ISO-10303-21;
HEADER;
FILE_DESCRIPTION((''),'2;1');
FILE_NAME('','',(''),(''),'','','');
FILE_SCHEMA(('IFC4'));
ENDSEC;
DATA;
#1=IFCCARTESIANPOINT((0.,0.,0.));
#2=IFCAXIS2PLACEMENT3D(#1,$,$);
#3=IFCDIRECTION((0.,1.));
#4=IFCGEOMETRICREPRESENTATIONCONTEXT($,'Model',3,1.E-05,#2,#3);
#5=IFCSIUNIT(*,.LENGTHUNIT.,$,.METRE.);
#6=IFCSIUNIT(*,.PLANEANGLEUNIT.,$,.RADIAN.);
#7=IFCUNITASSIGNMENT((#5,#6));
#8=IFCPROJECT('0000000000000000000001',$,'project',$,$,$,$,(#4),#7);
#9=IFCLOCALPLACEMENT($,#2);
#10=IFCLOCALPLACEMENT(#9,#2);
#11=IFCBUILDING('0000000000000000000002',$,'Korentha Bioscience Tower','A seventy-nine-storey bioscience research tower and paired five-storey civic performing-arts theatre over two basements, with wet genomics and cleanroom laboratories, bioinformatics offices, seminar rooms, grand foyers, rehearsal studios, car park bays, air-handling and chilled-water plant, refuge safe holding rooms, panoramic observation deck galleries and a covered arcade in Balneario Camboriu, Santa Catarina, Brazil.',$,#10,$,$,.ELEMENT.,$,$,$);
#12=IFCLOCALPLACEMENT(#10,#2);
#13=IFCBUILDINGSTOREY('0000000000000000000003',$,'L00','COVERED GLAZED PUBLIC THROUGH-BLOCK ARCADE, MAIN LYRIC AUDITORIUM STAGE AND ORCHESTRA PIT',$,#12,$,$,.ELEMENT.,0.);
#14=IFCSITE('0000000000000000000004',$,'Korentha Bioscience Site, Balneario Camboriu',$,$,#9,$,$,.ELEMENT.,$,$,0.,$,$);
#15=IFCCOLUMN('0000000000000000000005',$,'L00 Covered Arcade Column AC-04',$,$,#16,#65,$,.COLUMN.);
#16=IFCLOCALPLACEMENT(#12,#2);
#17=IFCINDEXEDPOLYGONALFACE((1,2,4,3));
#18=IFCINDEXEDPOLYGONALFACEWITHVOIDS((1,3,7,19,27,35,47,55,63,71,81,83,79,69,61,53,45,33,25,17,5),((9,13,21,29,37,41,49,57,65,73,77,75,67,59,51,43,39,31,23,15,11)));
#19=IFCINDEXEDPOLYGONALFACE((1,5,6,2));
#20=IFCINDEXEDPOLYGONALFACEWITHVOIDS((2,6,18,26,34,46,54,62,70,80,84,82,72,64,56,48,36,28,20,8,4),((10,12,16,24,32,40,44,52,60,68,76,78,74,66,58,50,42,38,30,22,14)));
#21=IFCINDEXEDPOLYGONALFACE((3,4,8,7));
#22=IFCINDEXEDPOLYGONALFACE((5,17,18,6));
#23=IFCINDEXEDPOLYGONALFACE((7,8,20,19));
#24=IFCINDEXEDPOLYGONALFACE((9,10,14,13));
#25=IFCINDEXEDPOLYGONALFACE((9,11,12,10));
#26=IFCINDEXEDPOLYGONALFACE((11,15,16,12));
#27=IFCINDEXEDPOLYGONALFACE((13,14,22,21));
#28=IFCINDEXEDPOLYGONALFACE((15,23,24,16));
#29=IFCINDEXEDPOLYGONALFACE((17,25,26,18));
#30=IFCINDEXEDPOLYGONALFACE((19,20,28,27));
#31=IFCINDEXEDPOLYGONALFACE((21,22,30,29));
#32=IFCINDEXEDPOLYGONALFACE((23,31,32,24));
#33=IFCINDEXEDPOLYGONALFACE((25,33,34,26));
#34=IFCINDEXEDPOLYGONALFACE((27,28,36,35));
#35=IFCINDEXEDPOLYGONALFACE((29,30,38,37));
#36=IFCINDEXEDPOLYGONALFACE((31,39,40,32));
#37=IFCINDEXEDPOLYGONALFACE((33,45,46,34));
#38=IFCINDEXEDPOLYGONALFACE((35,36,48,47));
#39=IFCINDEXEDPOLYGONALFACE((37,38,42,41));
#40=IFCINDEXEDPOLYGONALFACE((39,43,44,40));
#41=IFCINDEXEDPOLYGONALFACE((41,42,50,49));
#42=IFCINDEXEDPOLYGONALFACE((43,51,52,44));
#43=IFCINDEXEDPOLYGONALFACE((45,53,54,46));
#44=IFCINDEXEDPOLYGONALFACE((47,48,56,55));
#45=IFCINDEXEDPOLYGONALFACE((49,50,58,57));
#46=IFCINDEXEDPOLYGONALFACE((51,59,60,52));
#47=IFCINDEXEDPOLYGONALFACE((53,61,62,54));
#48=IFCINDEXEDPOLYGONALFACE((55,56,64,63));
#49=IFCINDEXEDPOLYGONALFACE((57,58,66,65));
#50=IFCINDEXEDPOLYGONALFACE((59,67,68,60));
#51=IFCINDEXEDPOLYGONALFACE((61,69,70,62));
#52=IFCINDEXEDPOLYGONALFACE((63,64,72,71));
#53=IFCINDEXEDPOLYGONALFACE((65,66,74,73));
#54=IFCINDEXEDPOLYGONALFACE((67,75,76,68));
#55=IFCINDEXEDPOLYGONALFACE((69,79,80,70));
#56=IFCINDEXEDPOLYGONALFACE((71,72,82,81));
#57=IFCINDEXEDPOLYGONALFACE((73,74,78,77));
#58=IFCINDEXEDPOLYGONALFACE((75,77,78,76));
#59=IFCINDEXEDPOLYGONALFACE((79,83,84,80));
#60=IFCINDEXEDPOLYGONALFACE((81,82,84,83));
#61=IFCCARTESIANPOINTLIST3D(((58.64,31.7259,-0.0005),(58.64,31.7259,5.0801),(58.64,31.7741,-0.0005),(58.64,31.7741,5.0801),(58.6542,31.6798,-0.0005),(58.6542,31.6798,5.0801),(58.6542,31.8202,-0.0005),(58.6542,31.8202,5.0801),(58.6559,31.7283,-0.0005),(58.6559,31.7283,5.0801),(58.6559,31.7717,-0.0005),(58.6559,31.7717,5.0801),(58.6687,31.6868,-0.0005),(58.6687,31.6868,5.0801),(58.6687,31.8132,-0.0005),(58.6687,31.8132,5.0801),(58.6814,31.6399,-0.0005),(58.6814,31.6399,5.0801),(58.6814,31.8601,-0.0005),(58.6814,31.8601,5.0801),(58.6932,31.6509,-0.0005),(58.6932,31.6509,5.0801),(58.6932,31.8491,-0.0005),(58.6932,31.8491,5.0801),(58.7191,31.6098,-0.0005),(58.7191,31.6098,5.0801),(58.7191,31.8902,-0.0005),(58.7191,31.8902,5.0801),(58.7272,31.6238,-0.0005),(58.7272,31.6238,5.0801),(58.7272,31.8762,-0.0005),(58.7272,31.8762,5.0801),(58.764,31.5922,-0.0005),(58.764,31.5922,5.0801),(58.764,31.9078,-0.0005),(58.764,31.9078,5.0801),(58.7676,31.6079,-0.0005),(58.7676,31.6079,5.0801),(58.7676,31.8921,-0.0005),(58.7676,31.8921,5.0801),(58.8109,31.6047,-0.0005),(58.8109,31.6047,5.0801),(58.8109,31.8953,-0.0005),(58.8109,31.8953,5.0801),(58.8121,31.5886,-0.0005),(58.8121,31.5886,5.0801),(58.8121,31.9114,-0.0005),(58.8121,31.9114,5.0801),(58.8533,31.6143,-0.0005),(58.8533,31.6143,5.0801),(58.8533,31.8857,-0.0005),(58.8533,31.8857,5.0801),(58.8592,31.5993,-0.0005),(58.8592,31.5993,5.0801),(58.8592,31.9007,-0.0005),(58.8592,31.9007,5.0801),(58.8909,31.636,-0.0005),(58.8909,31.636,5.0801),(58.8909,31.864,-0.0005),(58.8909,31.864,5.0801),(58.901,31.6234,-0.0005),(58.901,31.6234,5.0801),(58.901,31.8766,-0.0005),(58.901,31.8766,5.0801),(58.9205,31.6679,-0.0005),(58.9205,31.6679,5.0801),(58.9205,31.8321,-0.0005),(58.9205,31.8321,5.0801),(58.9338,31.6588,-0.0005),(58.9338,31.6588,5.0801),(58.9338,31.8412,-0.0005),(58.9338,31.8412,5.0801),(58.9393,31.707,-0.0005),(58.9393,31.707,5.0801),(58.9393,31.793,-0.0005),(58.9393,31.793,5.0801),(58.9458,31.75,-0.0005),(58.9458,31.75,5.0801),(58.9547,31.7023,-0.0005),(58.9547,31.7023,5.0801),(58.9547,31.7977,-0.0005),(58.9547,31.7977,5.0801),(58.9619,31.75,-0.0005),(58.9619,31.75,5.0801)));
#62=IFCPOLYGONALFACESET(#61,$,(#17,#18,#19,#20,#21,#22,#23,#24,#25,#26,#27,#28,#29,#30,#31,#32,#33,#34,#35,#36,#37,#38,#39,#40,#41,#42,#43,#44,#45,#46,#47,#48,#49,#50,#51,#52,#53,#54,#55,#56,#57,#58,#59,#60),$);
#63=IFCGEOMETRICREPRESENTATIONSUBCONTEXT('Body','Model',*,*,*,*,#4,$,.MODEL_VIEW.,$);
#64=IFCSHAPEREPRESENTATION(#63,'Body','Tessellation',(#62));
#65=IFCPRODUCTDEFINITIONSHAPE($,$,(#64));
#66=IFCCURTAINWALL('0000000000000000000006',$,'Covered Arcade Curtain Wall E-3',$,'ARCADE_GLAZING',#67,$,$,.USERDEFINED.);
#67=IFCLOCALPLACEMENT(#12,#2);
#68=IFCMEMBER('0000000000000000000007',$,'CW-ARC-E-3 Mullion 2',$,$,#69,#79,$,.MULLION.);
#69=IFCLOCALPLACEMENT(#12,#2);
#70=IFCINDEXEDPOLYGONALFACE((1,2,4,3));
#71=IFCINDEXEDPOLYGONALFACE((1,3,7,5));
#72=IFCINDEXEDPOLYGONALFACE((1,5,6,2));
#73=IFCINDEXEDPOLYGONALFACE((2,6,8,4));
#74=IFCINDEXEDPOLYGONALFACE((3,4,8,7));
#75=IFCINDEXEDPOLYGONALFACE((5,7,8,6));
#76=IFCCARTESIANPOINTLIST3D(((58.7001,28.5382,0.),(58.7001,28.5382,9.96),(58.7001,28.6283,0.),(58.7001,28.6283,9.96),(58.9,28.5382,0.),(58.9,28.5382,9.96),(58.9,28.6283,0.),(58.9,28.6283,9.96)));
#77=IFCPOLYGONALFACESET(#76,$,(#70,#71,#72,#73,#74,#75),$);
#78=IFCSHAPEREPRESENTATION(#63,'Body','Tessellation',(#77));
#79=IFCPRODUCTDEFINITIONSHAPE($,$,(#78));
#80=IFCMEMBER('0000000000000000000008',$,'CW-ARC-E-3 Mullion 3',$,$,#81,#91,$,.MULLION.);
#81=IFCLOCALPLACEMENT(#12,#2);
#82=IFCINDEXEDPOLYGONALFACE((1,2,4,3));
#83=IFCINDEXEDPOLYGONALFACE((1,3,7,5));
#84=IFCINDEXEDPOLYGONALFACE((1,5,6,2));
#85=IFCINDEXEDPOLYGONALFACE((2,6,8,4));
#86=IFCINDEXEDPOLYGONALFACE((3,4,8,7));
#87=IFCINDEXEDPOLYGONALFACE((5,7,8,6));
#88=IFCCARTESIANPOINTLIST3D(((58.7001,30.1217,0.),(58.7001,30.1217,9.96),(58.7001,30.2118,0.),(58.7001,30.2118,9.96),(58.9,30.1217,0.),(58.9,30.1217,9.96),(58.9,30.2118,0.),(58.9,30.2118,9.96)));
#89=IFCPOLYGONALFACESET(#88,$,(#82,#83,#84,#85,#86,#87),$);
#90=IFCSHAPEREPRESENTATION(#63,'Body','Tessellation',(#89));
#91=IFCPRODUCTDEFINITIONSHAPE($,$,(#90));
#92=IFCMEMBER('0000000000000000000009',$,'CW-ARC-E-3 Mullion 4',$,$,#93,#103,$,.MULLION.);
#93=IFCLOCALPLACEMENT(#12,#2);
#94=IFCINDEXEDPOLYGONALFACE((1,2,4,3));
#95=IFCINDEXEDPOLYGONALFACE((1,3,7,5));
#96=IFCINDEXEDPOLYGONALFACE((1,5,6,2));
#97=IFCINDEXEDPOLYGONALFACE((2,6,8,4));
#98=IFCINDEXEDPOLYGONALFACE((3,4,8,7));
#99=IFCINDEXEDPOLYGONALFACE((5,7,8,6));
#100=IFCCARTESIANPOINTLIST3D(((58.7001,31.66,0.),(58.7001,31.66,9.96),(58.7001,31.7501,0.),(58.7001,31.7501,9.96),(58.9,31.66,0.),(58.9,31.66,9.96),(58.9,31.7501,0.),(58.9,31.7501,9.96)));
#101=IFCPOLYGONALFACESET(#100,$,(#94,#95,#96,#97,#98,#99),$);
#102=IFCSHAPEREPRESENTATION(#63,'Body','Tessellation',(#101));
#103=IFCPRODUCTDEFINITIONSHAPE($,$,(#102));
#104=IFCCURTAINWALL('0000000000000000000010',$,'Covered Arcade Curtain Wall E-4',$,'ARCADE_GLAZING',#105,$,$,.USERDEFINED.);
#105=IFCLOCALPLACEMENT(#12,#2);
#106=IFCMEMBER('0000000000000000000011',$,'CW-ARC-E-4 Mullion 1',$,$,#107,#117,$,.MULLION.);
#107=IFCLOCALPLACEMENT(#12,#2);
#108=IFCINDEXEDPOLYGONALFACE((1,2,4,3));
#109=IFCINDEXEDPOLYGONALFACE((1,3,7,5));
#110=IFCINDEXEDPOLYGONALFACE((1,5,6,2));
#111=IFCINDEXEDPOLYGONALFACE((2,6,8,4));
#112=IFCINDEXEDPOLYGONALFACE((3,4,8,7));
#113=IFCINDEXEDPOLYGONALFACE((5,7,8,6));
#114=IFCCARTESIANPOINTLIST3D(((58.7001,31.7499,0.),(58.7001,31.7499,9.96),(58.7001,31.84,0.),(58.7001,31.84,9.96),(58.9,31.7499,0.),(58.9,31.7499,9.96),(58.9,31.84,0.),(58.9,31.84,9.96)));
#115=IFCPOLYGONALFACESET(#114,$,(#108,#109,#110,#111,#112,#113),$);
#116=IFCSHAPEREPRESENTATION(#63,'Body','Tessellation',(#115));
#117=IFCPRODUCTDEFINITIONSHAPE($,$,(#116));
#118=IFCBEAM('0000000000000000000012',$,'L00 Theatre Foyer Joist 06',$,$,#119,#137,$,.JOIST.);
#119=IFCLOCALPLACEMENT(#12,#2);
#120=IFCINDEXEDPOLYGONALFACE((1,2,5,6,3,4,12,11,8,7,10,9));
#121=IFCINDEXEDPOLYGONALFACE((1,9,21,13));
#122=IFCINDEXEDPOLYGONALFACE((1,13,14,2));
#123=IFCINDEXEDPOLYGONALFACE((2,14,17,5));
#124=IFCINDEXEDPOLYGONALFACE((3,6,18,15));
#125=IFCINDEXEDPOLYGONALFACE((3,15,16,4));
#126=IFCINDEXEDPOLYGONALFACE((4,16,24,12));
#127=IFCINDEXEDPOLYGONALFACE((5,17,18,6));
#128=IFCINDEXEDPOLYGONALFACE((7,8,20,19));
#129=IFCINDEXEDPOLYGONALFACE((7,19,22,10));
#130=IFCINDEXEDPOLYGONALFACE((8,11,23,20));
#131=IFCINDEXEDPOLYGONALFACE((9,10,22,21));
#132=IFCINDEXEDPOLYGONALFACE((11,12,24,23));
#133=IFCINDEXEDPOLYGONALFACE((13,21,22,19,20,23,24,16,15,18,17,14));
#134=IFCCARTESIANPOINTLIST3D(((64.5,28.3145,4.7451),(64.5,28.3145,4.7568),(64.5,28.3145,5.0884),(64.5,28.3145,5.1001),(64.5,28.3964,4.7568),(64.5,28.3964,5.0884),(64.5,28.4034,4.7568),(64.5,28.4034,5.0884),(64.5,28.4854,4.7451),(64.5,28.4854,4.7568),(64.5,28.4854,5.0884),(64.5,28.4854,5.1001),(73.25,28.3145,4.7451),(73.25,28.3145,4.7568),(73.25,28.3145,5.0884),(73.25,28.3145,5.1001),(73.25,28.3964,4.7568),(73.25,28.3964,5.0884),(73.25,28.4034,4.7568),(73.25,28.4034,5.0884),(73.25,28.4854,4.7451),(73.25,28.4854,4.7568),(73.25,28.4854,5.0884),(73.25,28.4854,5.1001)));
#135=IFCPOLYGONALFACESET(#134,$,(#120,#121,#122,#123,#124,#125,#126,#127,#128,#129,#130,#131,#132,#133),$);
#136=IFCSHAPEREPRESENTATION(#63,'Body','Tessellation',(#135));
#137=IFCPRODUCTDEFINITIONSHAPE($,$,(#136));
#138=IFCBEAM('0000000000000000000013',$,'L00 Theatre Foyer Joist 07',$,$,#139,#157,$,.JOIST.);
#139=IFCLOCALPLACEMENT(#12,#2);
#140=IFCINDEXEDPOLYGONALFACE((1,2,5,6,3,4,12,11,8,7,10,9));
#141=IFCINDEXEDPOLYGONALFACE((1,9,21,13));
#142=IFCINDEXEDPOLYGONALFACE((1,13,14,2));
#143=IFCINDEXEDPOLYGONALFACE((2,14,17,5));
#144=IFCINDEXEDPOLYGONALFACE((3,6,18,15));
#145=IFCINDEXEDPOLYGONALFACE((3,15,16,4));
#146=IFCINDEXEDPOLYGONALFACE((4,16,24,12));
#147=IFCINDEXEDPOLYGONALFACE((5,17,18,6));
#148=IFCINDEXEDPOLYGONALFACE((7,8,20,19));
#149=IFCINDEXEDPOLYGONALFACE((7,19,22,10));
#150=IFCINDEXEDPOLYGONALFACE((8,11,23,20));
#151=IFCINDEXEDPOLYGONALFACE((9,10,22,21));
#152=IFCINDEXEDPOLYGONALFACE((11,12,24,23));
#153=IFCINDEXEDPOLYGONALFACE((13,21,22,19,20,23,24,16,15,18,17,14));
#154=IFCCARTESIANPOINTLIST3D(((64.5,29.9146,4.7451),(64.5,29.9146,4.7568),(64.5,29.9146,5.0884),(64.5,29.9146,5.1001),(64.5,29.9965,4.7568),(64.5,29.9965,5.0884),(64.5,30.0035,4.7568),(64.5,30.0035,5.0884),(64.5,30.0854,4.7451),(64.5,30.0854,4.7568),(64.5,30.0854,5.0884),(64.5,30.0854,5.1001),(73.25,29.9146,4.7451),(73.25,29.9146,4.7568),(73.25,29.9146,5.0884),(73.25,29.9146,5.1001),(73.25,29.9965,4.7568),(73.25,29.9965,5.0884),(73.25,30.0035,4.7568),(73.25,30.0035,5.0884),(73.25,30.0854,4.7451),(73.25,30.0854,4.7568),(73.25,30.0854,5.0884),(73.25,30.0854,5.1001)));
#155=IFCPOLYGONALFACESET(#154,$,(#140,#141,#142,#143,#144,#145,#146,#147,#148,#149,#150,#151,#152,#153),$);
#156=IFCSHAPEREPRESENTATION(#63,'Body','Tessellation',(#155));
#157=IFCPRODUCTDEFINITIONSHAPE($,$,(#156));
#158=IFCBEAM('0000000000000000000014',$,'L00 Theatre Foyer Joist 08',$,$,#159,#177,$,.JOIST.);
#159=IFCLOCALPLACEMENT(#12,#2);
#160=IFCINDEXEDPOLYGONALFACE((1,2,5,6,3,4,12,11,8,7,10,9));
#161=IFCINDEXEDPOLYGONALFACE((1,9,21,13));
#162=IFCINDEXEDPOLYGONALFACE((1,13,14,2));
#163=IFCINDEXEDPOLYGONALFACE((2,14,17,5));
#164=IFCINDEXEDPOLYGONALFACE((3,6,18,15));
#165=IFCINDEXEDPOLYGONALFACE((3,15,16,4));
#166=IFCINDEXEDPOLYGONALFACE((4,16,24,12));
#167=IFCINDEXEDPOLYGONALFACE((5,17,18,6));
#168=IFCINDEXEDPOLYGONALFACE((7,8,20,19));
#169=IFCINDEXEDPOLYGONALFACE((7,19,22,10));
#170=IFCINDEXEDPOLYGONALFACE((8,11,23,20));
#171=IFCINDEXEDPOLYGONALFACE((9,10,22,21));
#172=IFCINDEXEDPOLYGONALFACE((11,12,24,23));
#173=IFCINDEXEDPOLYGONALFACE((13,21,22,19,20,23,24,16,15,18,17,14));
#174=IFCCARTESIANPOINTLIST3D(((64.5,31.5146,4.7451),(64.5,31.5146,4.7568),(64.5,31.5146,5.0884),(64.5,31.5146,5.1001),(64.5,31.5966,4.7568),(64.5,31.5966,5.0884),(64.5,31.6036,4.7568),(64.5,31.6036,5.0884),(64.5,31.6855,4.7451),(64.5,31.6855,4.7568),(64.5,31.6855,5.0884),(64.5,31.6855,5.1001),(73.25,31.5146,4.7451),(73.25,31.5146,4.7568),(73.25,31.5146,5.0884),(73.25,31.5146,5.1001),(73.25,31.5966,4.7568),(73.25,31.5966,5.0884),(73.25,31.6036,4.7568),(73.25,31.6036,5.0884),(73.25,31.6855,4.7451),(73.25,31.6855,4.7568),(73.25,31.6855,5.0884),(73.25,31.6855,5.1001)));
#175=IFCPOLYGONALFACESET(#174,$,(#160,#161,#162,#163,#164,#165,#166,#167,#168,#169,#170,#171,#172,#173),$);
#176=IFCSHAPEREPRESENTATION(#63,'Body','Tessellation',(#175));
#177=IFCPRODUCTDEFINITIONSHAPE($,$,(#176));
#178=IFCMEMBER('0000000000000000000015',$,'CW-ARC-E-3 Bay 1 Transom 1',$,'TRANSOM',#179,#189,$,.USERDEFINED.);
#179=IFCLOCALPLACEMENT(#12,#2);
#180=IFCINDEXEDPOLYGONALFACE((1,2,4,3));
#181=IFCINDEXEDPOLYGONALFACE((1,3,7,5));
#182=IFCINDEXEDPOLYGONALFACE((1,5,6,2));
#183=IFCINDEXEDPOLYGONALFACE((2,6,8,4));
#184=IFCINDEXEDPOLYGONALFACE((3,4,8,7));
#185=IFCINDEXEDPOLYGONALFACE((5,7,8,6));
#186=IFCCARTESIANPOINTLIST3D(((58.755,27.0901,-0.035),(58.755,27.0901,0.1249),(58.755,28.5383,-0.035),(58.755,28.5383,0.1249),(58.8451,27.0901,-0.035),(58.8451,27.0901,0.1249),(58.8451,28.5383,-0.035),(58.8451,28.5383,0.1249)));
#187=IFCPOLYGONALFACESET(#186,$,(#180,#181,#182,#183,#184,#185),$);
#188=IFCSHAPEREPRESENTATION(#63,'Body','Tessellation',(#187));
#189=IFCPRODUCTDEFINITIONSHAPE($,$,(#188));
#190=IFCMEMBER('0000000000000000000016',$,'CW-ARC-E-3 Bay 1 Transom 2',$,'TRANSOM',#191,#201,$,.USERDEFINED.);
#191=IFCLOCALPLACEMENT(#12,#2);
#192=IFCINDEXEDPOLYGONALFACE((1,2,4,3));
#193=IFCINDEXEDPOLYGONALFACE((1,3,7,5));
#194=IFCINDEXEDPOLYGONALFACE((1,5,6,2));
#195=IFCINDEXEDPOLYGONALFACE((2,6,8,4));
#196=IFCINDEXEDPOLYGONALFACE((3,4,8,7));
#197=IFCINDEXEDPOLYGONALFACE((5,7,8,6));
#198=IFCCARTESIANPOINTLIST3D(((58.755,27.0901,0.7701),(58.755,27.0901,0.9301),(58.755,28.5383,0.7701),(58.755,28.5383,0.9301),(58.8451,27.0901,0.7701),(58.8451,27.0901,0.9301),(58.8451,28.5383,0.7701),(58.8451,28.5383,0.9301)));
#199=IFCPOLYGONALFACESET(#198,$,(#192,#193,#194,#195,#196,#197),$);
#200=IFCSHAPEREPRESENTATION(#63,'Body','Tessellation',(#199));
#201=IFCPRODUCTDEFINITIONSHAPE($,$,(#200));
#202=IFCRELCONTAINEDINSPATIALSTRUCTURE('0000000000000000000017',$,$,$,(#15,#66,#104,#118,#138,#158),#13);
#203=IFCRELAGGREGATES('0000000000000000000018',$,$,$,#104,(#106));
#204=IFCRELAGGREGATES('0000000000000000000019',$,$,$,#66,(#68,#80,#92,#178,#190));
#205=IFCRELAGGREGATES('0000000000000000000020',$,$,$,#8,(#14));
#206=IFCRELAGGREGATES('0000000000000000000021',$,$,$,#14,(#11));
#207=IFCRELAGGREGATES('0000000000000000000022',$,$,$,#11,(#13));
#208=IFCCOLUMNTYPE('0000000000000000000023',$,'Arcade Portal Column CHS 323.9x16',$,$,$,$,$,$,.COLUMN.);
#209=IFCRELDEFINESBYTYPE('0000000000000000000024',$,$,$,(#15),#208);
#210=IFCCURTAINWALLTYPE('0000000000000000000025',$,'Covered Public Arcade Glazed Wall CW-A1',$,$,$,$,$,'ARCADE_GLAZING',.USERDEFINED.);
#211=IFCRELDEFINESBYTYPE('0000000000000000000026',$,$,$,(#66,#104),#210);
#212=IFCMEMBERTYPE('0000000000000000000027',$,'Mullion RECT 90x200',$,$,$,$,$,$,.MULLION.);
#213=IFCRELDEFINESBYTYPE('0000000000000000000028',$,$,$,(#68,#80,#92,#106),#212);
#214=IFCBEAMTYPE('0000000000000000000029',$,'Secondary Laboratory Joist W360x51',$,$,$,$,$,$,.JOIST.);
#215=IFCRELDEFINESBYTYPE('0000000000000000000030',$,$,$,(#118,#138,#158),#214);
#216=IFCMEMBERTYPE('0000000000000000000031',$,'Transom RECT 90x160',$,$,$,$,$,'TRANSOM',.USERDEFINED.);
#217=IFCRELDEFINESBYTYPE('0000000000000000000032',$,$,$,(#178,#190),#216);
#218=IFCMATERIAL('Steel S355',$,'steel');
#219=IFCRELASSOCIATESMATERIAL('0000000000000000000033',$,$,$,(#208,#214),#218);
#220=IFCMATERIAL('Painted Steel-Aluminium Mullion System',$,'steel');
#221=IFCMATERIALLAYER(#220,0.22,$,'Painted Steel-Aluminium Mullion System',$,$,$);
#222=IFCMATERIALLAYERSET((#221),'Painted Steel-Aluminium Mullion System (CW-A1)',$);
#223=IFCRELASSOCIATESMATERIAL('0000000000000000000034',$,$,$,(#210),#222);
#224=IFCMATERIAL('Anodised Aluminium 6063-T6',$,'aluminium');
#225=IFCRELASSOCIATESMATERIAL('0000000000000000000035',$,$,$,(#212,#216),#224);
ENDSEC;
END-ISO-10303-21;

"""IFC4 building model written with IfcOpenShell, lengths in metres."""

from ifc_helpers import new_model, si_unit, direction, frame, origin, origin_2d, place, context, subcontext, project, spatial, rectangle, hollow_circle, i_section, extrude, material, layer, layer_set, material_profile, profile_set, type_object, element, aggregate, save


model = new_model("IFC4")

# Units and contexts
model_context = context("Model", 3, precision=1e-05, world=origin(), true_north=direction((0.0, 1.0)))
body_context = subcontext(model_context, "Body", "Model", "MODEL_VIEW")
ifc_project = project(units=[si_unit("LENGTHUNIT", "METRE"), si_unit("PLANEANGLEUNIT", "RADIAN")], contexts=[model_context])

# Site, building, storey
site_placement = place(None, origin())
site = spatial("IfcSite", under=ifc_project, at=site_placement, Name="Korentha Bioscience Site, Balneario Camboriu", CompositionType="ELEMENT", RefElevation=0.0)
building_placement = place(site_placement, origin())
building = spatial("IfcBuilding", under=site, at=building_placement, Name="Korentha Bioscience Tower", Description="A seventy-nine-storey bioscience research tower and paired five-storey civic performing-arts theatre over two basements, with wet genomics and cleanroom laboratories, bioinformatics offices, seminar rooms, grand foyers, rehearsal studios, car park bays, air-handling and chilled-water plant, refuge safe holding rooms, panoramic observation deck galleries and a covered arcade in Balneario Camboriu, Santa Catarina, Brazil.", CompositionType="ELEMENT")
storey_placement = place(building_placement, origin())
storey = spatial("IfcBuildingStorey", under=building, at=storey_placement, Name="L00", Description="COVERED GLAZED PUBLIC THROUGH-BLOCK ARCADE, MAIN LYRIC AUDITORIUM STAGE AND ORCHESTRA PIT", CompositionType="ELEMENT", Elevation=0.0)

# Column
ifc_material_1 = material(Name="Steel S355", Category="steel")
ifc_material_profile_1 = material_profile(ifc_material_1, hollow_circle(Radius=0.1619, WallThickness=0.0161, at=origin_2d()), Name="Steel S355")
ifc_profile_set_1 = profile_set([ifc_material_profile_1], Name="Steel S355 (AC-01)")
column_type = type_object("IfcColumnType", Name="Arcade Portal Column CHS 323.9x16", PredefinedType="COLUMN", material=ifc_profile_set_1)
column_placement = place(storey_placement, frame((58.8, 31.75, -0.0005), z_axis=(0.0, 0.0, 1.0), x_axis=(1.0, 0.0, 0.0)))
element("IfcColumn", 1, at=column_placement, inside=storey, type_object=column_type, Name="L00 Covered Arcade Column AC-04", PredefinedType="COLUMN", context=body_context, shape_type="SweptSolid", body=[
    extrude(hollow_circle(Radius=0.1619, WallThickness=0.0161, at=origin_2d()), origin(), (0.0, 0.0, 1.0), 5.0806),
])

# Curtain wall, members
ifc_material_2 = material(Name="Painted Steel-Aluminium Mullion System", Category="steel")
ifc_layer_1 = layer(ifc_material_2, 0.22, Name="Painted Steel-Aluminium Mullion System")
ifc_layer_set_1 = layer_set([ifc_layer_1], Name="Painted Steel-Aluminium Mullion System (CW-A1)")
curtain_wall_type = type_object("IfcCurtainWallType", Name="Covered Public Arcade Glazed Wall CW-A1", ElementType="ARCADE_GLAZING", PredefinedType="USERDEFINED", material=ifc_layer_set_1)
curtain_wall_1_placement = place(storey_placement, origin())
curtain_wall_1 = element("IfcCurtainWall", 2, at=curtain_wall_1_placement, inside=storey, type_object=curtain_wall_type, Name="Covered Arcade Curtain Wall E-3", ObjectType="ARCADE_GLAZING", PredefinedType="USERDEFINED")
ifc_material_3 = material(Name="Anodised Aluminium 6063-T6", Category="aluminium")
ifc_material_profile_2 = material_profile(ifc_material_3, rectangle(XDim=0.0901, YDim=0.2, at=origin_2d()), Name="Anodised Aluminium 6063-T6")
ifc_profile_set_2 = profile_set([ifc_material_profile_2], Name="Anodised Aluminium 6063-T6 (CW-MUL)")
member_type_1 = type_object("IfcMemberType", Name="Mullion RECT 90x200", PredefinedType="MULLION", material=ifc_profile_set_2)
member_1_placement = place(storey_placement, frame((58.8, 28.5833, 0.0), z_axis=(0.0, 0.0, 1.0), x_axis=(0.0, 1.0, 0.0)))
member_1 = element("IfcMember", 3, at=member_1_placement, type_object=member_type_1, Name="CW-ARC-E-3 Mullion 2", PredefinedType="MULLION", context=body_context, shape_type="SweptSolid", body=[
    extrude(rectangle(XDim=0.0901, YDim=0.2, at=origin_2d()), origin(), (0.0, 0.0, 1.0), 9.96),
])
member_2_placement = place(storey_placement, frame((58.8, 30.1667, 0.0), z_axis=(0.0, 0.0, 1.0), x_axis=(0.0, 1.0, 0.0)))
member_2 = element("IfcMember", 4, at=member_2_placement, type_object=member_type_1, Name="CW-ARC-E-3 Mullion 3", PredefinedType="MULLION", context=body_context, shape_type="SweptSolid", body=[
    extrude(rectangle(XDim=0.0901, YDim=0.2, at=origin_2d()), origin(), (0.0, 0.0, 1.0), 9.96),
])
member_3_placement = place(storey_placement, frame((58.8, 31.7051, 0.0), z_axis=(0.0, 0.0, 1.0), x_axis=(0.0, 1.0, 0.0)))
member_3 = element("IfcMember", 5, at=member_3_placement, type_object=member_type_1, Name="CW-ARC-E-3 Mullion 4", PredefinedType="MULLION", context=body_context, shape_type="SweptSolid", body=[
    extrude(rectangle(XDim=0.0901, YDim=0.2, at=origin_2d()), origin(), (0.0, 0.0, 1.0), 9.96),
])

# Curtain wall, member
curtain_wall_2_placement = place(storey_placement, origin())
curtain_wall_2 = element("IfcCurtainWall", 6, at=curtain_wall_2_placement, inside=storey, type_object=curtain_wall_type, Name="Covered Arcade Curtain Wall E-4", ObjectType="ARCADE_GLAZING", PredefinedType="USERDEFINED")
member_4_placement = place(storey_placement, frame((58.8, 31.7949, 0.0), z_axis=(0.0, 0.0, 1.0), x_axis=(0.0, 1.0, 0.0)))
member_4 = element("IfcMember", 7, at=member_4_placement, type_object=member_type_1, Name="CW-ARC-E-4 Mullion 1", PredefinedType="MULLION", context=body_context, shape_type="SweptSolid", body=[
    extrude(rectangle(XDim=0.0901, YDim=0.2, at=origin_2d()), origin(), (0.0, 0.0, 1.0), 9.96),
])
aggregate(curtain_wall_2, [member_4])

# Beams
ifc_material_profile_3 = material_profile(ifc_material_1, i_section(OverallWidth=0.1709, OverallDepth=0.355, WebThickness=0.0071, FlangeThickness=0.0117, at=origin_2d()), Name="Steel S355")
ifc_profile_set_3 = profile_set([ifc_material_profile_3], Name="Steel S355 (JB-360)")
beam_type = type_object("IfcBeamType", Name="Secondary Laboratory Joist W360x51", PredefinedType="JOIST", material=ifc_profile_set_3)
for number, where, z_axis, x_axis, name in (
    (8, (64.5, 28.3999, 4.9226), (1.0, 0.0, 0.0), (0.0, 1.0, 0.0), "L00 Theatre Foyer Joist 06"),
    (9, (64.5, 30.0, 4.9226), (1.0, 0.0, 0.0), (0.0, 1.0, 0.0), "L00 Theatre Foyer Joist 07"),
    (10, (64.5, 31.6001, 4.9226), (1.0, 0.0, 0.0), (0.0, 1.0, 0.0), "L00 Theatre Foyer Joist 08"),
):
    element("IfcBeam", number, at=place(storey_placement, frame(where, z_axis=z_axis, x_axis=x_axis)), inside=storey, type_object=beam_type, Name=name, PredefinedType="JOIST", context=body_context, shape_type="SweptSolid", body=[
        extrude(i_section(OverallWidth=0.1709, OverallDepth=0.355, WebThickness=0.0071, FlangeThickness=0.0117, at=origin_2d()), origin(), (0.0, 0.0, 1.0), 8.75),
    ])

# Members
ifc_material_profile_4 = material_profile(ifc_material_3, rectangle(XDim=0.0901, YDim=0.1599, at=origin_2d()), Name="Anodised Aluminium 6063-T6")
ifc_profile_set_4 = profile_set([ifc_material_profile_4], Name="Anodised Aluminium 6063-T6 (CW-TRN)")
member_type_2 = type_object("IfcMemberType", Name="Transom RECT 90x160", ElementType="TRANSOM", PredefinedType="USERDEFINED", material=ifc_profile_set_4)
member_5_placement = place(storey_placement, frame((58.8, 27.0901, 0.0449), z_axis=(0.0, 1.0, 0.0), x_axis=(-1.0, 0.0, 0.0)))
member_5 = element("IfcMember", 11, at=member_5_placement, type_object=member_type_2, Name="CW-ARC-E-3 Bay 1 Transom 1", ObjectType="TRANSOM", PredefinedType="USERDEFINED", context=body_context, shape_type="SweptSolid", body=[
    extrude(rectangle(XDim=0.0901, YDim=0.1599, at=origin_2d()), origin(), (0.0, 0.0, 1.0), 1.4482),
])
member_6_placement = place(storey_placement, frame((58.8, 27.0901, 0.8501), z_axis=(0.0, 1.0, 0.0), x_axis=(-1.0, 0.0, 0.0)))
member_6 = element("IfcMember", 12, at=member_6_placement, type_object=member_type_2, Name="CW-ARC-E-3 Bay 1 Transom 2", ObjectType="TRANSOM", PredefinedType="USERDEFINED", context=body_context, shape_type="SweptSolid", body=[
    extrude(rectangle(XDim=0.0901, YDim=0.1599, at=origin_2d()), origin(), (0.0, 0.0, 1.0), 1.4482),
])

aggregate(curtain_wall_1, [member_1, member_2, member_3, member_5, member_6])

save(model, "model.ifc")
